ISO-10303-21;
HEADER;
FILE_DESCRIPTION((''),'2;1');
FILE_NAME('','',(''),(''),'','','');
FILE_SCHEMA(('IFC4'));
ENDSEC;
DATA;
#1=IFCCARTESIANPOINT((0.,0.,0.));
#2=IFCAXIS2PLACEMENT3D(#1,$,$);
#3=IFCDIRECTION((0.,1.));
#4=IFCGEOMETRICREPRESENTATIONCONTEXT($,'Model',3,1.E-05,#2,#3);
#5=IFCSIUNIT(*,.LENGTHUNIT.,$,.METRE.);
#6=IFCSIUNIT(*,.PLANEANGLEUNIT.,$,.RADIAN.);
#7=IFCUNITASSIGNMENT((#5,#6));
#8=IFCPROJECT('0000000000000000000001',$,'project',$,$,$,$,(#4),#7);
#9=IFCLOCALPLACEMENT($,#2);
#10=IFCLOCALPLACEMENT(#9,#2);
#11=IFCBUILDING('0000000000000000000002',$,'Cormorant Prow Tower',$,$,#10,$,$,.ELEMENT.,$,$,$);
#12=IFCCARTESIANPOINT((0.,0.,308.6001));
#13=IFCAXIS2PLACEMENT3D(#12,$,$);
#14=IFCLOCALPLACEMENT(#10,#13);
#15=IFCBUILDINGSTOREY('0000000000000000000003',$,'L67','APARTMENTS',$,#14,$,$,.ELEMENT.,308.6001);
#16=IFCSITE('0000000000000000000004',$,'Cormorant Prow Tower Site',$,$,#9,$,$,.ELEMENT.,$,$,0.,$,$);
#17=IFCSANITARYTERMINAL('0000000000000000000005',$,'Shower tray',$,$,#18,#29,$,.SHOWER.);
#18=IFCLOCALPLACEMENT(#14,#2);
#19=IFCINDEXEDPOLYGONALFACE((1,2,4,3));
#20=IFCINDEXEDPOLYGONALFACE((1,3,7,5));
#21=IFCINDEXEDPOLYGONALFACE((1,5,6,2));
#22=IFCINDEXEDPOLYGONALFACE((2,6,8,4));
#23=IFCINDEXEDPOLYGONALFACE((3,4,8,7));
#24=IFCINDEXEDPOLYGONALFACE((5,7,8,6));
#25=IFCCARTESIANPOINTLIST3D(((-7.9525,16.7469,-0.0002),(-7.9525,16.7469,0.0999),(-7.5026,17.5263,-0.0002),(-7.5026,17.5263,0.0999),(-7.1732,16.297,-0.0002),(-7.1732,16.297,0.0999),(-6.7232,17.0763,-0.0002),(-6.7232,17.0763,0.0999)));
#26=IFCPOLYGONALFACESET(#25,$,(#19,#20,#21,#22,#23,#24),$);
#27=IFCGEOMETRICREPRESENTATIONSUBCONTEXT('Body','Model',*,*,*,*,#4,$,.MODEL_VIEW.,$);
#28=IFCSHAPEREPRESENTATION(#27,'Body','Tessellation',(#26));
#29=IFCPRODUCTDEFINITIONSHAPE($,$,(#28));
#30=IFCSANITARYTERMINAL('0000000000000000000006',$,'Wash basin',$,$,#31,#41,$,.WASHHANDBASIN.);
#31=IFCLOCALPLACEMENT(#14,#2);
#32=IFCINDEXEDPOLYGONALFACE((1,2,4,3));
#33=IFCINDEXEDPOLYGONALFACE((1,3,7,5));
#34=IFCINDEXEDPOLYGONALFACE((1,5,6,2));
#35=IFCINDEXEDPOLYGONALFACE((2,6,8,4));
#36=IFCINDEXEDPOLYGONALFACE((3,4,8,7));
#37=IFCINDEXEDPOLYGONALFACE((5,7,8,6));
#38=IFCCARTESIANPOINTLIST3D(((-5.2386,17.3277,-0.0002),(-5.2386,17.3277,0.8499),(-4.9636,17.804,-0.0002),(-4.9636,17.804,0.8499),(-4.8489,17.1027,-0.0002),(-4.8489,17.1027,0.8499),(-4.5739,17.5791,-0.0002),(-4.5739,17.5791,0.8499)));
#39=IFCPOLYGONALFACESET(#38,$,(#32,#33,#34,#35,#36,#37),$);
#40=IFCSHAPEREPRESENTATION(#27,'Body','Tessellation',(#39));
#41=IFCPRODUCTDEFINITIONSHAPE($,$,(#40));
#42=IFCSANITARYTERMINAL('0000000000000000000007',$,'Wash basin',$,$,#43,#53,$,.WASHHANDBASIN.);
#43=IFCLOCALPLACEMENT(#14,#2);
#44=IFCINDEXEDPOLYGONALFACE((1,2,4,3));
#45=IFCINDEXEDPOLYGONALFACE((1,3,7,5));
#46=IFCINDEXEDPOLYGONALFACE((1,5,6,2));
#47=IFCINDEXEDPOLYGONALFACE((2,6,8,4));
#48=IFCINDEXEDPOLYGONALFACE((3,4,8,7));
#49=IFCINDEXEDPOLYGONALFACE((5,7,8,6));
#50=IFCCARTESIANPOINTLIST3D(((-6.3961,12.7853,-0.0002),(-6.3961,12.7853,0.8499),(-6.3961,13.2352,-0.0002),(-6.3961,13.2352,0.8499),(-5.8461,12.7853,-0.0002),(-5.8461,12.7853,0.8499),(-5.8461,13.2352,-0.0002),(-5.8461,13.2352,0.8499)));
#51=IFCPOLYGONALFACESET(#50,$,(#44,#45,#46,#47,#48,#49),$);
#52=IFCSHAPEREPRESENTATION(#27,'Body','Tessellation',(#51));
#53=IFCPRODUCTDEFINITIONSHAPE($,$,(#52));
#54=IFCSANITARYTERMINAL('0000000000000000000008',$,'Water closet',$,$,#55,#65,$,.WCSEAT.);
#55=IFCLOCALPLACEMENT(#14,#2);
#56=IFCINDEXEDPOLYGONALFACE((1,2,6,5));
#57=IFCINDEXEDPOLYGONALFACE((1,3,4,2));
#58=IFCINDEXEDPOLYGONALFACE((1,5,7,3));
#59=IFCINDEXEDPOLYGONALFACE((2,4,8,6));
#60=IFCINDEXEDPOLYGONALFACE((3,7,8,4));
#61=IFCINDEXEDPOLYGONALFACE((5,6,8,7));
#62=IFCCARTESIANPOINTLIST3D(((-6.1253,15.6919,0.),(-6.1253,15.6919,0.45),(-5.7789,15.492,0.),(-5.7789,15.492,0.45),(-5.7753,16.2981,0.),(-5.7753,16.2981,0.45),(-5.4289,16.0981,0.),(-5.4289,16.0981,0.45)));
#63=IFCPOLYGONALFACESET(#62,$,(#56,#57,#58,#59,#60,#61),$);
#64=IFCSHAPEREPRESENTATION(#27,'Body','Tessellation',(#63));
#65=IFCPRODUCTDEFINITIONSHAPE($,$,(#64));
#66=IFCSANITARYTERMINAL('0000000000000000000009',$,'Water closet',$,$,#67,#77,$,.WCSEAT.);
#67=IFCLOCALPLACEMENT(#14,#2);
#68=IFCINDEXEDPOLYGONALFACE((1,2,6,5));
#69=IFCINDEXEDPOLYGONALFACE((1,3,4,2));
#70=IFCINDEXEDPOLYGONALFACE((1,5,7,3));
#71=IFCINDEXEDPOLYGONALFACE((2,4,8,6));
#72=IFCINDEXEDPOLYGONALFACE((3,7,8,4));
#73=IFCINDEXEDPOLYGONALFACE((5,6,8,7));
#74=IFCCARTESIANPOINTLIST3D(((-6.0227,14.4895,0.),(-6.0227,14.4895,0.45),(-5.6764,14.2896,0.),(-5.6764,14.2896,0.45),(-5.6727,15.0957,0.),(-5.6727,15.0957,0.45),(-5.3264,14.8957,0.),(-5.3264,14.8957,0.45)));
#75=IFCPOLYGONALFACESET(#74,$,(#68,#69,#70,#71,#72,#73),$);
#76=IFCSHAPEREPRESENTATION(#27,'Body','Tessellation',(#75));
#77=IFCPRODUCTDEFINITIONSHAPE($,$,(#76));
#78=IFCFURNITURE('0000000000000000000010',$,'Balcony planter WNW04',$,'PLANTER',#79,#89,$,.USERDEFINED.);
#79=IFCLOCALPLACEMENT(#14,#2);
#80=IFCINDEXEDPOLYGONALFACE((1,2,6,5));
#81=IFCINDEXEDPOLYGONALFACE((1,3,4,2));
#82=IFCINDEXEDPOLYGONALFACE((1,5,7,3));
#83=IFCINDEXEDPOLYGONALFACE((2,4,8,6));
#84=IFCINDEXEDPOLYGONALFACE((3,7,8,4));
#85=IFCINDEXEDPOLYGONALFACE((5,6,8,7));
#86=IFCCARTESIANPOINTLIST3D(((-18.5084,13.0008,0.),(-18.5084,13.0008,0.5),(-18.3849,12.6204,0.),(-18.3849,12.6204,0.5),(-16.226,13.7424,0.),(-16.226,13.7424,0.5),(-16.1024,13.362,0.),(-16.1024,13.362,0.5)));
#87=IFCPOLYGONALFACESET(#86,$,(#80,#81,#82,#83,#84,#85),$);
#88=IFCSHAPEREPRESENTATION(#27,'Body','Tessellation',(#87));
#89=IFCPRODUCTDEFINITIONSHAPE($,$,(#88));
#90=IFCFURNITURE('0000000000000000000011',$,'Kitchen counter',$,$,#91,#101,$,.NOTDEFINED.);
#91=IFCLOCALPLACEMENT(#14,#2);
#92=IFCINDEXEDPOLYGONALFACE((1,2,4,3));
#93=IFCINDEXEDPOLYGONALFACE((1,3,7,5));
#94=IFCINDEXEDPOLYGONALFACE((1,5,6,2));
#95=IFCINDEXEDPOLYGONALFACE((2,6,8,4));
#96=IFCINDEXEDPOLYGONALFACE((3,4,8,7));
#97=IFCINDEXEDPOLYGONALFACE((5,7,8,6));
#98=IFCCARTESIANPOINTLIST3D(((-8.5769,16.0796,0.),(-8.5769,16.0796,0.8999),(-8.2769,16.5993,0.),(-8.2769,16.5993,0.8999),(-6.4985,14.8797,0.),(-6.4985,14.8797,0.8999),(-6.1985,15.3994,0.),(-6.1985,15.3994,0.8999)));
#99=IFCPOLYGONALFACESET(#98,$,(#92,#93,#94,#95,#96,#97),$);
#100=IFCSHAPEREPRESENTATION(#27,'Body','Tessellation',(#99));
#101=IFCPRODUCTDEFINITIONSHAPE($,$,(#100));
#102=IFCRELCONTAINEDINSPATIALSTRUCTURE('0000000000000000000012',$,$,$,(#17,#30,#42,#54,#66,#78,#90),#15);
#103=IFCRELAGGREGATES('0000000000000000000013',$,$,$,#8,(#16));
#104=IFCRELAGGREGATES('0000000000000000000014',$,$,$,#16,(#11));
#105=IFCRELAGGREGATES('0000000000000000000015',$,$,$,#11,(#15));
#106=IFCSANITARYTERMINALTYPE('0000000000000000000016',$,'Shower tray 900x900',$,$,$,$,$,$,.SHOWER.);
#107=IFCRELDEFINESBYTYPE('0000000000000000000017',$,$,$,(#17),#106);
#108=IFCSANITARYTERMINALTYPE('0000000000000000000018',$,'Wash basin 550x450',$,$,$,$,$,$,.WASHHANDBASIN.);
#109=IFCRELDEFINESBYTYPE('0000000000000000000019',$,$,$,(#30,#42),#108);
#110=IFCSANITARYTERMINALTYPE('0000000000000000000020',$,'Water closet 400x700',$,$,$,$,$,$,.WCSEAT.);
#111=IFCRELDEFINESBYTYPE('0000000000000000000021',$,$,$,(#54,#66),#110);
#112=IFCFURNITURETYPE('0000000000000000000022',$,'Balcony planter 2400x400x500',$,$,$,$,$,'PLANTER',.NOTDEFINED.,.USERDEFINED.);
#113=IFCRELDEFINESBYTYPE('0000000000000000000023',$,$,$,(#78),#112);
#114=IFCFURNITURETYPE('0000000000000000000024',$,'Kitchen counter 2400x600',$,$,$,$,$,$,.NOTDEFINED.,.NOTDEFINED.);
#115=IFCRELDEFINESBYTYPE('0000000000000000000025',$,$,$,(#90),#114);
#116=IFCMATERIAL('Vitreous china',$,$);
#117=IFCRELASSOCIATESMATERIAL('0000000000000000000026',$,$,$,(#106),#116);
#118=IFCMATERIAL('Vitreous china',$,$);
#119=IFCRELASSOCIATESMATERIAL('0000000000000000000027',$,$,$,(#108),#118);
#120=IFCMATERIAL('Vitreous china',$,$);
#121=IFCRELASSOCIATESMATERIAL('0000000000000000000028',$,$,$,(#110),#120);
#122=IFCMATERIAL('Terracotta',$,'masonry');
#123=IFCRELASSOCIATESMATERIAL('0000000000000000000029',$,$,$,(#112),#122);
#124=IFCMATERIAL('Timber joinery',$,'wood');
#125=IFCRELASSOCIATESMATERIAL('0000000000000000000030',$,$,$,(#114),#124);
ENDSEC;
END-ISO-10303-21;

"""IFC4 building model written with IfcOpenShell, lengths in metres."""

from ifc_helpers import new_model, si_unit, direction, frame, origin, origin_2d, place, context, subcontext, project, spatial, rectangle, extrude, material, type_object, element, save


model = new_model("IFC4")

# Units and contexts
model_context = context("Model", 3, precision=1e-05, world=origin(), true_north=direction((0.0, 1.0)))
body_context = subcontext(model_context, "Body", "Model", "MODEL_VIEW")
ifc_project = project(units=[si_unit("LENGTHUNIT", "METRE"), si_unit("PLANEANGLEUNIT", "RADIAN")], contexts=[model_context])

# Site, building, storey
site_placement = place(None, origin())
site = spatial("IfcSite", under=ifc_project, at=site_placement, Name="Cormorant Prow Tower Site", CompositionType="ELEMENT", RefElevation=0.0)
building_placement = place(site_placement, origin())
building = spatial("IfcBuilding", under=site, at=building_placement, Name="Cormorant Prow Tower", CompositionType="ELEMENT")
storey_placement = place(building_placement, frame((0.0, 0.0, 308.6001)))
storey = spatial("IfcBuildingStorey", under=building, at=storey_placement, Name="L67", Description="APARTMENTS", CompositionType="ELEMENT", Elevation=308.6001)

# Sanitary terminals
ifc_material_1 = material(Name="Vitreous china")
sanitary_terminal_type_1 = type_object("IfcSanitaryTerminalType", Name="Shower tray 900x900", PredefinedType="SHOWER", material=ifc_material_1)
sanitary_terminal_1_placement = place(storey_placement, frame((-7.3379, 16.9116, -0.0002), z_axis=(0.0, 0.0, 1.0), x_axis=(0.5, 0.866025, 0.0)))
element("IfcSanitaryTerminal", 1, at=sanitary_terminal_1_placement, inside=storey, type_object=sanitary_terminal_type_1, Name="Shower tray", PredefinedType="SHOWER", context=body_context, shape_type="SweptSolid", body=[
    extrude(rectangle(XDim=0.8999, YDim=0.8999, at=origin_2d()), origin(), (0.0, 0.0, 1.0), 0.1001),
])
ifc_material_2 = material(Name="Vitreous china")
sanitary_terminal_type_2 = type_object("IfcSanitaryTerminalType", Name="Wash basin 550x450", PredefinedType="WASHHANDBASIN", material=ifc_material_2)
for number, where, z_axis, x_axis, name in (
    (2, (-4.9062, 17.4534, -0.0002), (0.0, 0.0, 1.0), (-0.5, -0.866025, 0.0), "Wash basin"),
    (3, (-6.1211, 13.0103, -0.0002), (0.0, 0.0, 1.0), (1.0, 0.0, 0.0), "Wash basin"),
):
    element("IfcSanitaryTerminal", number, at=place(storey_placement, frame(where, z_axis=z_axis, x_axis=x_axis)), inside=storey, type_object=sanitary_terminal_type_2, Name=name, PredefinedType="WASHHANDBASIN", context=body_context, shape_type="SweptSolid", body=[
        extrude(rectangle(XDim=0.55, YDim=0.45, at=origin_2d()), origin(), (0.0, 0.0, 1.0), 0.8501),
    ])
ifc_material_3 = material(Name="Vitreous china")
sanitary_terminal_type_3 = type_object("IfcSanitaryTerminalType", Name="Water closet 400x700", PredefinedType="WCSEAT", material=ifc_material_3)
for number, where, z_axis, x_axis, name in (
    (4, (-5.7771, 15.895, 0.0), (0.0, 0.0, 1.0), (-0.866025, 0.5, 0.0), "Water closet"),
    (5, (-5.6746, 14.6926, 0.0), (0.0, 0.0, 1.0), (0.866025, -0.5, 0.0), "Water closet"),
):
    element("IfcSanitaryTerminal", number, at=place(storey_placement, frame(where, z_axis=z_axis, x_axis=x_axis)), inside=storey, type_object=sanitary_terminal_type_3, Name=name, PredefinedType="WCSEAT", context=body_context, shape_type="SweptSolid", body=[
        extrude(rectangle(XDim=0.3999, YDim=0.7, at=origin_2d()), origin(), (0.0, 0.0, 1.0), 0.45),
    ])

# Furniture
ifc_material_4 = material(Name="Terracotta", Category="masonry")
furniture_type_1 = type_object("IfcFurnitureType", Name="Balcony planter 2400x400x500", ElementType="PLANTER", AssemblyPlace="NOTDEFINED", PredefinedType="USERDEFINED", material=ifc_material_4)
furniture_1_placement = place(storey_placement, frame((-17.3054, 13.1814, 0.0), z_axis=(0.0, 0.0, 1.0), x_axis=(-0.951057, -0.309017, 0.0)))
element("IfcFurniture", 6, at=furniture_1_placement, inside=storey, type_object=furniture_type_1, Name="Balcony planter WNW04", ObjectType="PLANTER", PredefinedType="USERDEFINED", context=body_context, shape_type="SweptSolid", body=[
    extrude(rectangle(XDim=2.3999, YDim=0.3999, at=origin_2d()), origin(), (0.0, 0.0, 1.0), 0.5),
])
ifc_material_5 = material(Name="Timber joinery", Category="wood")
furniture_type_2 = type_object("IfcFurnitureType", Name="Kitchen counter 2400x600", AssemblyPlace="NOTDEFINED", PredefinedType="NOTDEFINED", material=ifc_material_5)
furniture_2_placement = place(storey_placement, frame((-7.3877, 15.7395, 0.0), z_axis=(0.0, 0.0, 1.0), x_axis=(0.866025, -0.5, 0.0)))
element("IfcFurniture", 7, at=furniture_2_placement, inside=storey, type_object=furniture_type_2, Name="Kitchen counter", PredefinedType="NOTDEFINED", context=body_context, shape_type="SweptSolid", body=[
    extrude(rectangle(XDim=2.3999, YDim=0.6001, at=origin_2d()), origin(), (0.0, 0.0, 1.0), 0.8999),
])

save(model, "model.ifc")
